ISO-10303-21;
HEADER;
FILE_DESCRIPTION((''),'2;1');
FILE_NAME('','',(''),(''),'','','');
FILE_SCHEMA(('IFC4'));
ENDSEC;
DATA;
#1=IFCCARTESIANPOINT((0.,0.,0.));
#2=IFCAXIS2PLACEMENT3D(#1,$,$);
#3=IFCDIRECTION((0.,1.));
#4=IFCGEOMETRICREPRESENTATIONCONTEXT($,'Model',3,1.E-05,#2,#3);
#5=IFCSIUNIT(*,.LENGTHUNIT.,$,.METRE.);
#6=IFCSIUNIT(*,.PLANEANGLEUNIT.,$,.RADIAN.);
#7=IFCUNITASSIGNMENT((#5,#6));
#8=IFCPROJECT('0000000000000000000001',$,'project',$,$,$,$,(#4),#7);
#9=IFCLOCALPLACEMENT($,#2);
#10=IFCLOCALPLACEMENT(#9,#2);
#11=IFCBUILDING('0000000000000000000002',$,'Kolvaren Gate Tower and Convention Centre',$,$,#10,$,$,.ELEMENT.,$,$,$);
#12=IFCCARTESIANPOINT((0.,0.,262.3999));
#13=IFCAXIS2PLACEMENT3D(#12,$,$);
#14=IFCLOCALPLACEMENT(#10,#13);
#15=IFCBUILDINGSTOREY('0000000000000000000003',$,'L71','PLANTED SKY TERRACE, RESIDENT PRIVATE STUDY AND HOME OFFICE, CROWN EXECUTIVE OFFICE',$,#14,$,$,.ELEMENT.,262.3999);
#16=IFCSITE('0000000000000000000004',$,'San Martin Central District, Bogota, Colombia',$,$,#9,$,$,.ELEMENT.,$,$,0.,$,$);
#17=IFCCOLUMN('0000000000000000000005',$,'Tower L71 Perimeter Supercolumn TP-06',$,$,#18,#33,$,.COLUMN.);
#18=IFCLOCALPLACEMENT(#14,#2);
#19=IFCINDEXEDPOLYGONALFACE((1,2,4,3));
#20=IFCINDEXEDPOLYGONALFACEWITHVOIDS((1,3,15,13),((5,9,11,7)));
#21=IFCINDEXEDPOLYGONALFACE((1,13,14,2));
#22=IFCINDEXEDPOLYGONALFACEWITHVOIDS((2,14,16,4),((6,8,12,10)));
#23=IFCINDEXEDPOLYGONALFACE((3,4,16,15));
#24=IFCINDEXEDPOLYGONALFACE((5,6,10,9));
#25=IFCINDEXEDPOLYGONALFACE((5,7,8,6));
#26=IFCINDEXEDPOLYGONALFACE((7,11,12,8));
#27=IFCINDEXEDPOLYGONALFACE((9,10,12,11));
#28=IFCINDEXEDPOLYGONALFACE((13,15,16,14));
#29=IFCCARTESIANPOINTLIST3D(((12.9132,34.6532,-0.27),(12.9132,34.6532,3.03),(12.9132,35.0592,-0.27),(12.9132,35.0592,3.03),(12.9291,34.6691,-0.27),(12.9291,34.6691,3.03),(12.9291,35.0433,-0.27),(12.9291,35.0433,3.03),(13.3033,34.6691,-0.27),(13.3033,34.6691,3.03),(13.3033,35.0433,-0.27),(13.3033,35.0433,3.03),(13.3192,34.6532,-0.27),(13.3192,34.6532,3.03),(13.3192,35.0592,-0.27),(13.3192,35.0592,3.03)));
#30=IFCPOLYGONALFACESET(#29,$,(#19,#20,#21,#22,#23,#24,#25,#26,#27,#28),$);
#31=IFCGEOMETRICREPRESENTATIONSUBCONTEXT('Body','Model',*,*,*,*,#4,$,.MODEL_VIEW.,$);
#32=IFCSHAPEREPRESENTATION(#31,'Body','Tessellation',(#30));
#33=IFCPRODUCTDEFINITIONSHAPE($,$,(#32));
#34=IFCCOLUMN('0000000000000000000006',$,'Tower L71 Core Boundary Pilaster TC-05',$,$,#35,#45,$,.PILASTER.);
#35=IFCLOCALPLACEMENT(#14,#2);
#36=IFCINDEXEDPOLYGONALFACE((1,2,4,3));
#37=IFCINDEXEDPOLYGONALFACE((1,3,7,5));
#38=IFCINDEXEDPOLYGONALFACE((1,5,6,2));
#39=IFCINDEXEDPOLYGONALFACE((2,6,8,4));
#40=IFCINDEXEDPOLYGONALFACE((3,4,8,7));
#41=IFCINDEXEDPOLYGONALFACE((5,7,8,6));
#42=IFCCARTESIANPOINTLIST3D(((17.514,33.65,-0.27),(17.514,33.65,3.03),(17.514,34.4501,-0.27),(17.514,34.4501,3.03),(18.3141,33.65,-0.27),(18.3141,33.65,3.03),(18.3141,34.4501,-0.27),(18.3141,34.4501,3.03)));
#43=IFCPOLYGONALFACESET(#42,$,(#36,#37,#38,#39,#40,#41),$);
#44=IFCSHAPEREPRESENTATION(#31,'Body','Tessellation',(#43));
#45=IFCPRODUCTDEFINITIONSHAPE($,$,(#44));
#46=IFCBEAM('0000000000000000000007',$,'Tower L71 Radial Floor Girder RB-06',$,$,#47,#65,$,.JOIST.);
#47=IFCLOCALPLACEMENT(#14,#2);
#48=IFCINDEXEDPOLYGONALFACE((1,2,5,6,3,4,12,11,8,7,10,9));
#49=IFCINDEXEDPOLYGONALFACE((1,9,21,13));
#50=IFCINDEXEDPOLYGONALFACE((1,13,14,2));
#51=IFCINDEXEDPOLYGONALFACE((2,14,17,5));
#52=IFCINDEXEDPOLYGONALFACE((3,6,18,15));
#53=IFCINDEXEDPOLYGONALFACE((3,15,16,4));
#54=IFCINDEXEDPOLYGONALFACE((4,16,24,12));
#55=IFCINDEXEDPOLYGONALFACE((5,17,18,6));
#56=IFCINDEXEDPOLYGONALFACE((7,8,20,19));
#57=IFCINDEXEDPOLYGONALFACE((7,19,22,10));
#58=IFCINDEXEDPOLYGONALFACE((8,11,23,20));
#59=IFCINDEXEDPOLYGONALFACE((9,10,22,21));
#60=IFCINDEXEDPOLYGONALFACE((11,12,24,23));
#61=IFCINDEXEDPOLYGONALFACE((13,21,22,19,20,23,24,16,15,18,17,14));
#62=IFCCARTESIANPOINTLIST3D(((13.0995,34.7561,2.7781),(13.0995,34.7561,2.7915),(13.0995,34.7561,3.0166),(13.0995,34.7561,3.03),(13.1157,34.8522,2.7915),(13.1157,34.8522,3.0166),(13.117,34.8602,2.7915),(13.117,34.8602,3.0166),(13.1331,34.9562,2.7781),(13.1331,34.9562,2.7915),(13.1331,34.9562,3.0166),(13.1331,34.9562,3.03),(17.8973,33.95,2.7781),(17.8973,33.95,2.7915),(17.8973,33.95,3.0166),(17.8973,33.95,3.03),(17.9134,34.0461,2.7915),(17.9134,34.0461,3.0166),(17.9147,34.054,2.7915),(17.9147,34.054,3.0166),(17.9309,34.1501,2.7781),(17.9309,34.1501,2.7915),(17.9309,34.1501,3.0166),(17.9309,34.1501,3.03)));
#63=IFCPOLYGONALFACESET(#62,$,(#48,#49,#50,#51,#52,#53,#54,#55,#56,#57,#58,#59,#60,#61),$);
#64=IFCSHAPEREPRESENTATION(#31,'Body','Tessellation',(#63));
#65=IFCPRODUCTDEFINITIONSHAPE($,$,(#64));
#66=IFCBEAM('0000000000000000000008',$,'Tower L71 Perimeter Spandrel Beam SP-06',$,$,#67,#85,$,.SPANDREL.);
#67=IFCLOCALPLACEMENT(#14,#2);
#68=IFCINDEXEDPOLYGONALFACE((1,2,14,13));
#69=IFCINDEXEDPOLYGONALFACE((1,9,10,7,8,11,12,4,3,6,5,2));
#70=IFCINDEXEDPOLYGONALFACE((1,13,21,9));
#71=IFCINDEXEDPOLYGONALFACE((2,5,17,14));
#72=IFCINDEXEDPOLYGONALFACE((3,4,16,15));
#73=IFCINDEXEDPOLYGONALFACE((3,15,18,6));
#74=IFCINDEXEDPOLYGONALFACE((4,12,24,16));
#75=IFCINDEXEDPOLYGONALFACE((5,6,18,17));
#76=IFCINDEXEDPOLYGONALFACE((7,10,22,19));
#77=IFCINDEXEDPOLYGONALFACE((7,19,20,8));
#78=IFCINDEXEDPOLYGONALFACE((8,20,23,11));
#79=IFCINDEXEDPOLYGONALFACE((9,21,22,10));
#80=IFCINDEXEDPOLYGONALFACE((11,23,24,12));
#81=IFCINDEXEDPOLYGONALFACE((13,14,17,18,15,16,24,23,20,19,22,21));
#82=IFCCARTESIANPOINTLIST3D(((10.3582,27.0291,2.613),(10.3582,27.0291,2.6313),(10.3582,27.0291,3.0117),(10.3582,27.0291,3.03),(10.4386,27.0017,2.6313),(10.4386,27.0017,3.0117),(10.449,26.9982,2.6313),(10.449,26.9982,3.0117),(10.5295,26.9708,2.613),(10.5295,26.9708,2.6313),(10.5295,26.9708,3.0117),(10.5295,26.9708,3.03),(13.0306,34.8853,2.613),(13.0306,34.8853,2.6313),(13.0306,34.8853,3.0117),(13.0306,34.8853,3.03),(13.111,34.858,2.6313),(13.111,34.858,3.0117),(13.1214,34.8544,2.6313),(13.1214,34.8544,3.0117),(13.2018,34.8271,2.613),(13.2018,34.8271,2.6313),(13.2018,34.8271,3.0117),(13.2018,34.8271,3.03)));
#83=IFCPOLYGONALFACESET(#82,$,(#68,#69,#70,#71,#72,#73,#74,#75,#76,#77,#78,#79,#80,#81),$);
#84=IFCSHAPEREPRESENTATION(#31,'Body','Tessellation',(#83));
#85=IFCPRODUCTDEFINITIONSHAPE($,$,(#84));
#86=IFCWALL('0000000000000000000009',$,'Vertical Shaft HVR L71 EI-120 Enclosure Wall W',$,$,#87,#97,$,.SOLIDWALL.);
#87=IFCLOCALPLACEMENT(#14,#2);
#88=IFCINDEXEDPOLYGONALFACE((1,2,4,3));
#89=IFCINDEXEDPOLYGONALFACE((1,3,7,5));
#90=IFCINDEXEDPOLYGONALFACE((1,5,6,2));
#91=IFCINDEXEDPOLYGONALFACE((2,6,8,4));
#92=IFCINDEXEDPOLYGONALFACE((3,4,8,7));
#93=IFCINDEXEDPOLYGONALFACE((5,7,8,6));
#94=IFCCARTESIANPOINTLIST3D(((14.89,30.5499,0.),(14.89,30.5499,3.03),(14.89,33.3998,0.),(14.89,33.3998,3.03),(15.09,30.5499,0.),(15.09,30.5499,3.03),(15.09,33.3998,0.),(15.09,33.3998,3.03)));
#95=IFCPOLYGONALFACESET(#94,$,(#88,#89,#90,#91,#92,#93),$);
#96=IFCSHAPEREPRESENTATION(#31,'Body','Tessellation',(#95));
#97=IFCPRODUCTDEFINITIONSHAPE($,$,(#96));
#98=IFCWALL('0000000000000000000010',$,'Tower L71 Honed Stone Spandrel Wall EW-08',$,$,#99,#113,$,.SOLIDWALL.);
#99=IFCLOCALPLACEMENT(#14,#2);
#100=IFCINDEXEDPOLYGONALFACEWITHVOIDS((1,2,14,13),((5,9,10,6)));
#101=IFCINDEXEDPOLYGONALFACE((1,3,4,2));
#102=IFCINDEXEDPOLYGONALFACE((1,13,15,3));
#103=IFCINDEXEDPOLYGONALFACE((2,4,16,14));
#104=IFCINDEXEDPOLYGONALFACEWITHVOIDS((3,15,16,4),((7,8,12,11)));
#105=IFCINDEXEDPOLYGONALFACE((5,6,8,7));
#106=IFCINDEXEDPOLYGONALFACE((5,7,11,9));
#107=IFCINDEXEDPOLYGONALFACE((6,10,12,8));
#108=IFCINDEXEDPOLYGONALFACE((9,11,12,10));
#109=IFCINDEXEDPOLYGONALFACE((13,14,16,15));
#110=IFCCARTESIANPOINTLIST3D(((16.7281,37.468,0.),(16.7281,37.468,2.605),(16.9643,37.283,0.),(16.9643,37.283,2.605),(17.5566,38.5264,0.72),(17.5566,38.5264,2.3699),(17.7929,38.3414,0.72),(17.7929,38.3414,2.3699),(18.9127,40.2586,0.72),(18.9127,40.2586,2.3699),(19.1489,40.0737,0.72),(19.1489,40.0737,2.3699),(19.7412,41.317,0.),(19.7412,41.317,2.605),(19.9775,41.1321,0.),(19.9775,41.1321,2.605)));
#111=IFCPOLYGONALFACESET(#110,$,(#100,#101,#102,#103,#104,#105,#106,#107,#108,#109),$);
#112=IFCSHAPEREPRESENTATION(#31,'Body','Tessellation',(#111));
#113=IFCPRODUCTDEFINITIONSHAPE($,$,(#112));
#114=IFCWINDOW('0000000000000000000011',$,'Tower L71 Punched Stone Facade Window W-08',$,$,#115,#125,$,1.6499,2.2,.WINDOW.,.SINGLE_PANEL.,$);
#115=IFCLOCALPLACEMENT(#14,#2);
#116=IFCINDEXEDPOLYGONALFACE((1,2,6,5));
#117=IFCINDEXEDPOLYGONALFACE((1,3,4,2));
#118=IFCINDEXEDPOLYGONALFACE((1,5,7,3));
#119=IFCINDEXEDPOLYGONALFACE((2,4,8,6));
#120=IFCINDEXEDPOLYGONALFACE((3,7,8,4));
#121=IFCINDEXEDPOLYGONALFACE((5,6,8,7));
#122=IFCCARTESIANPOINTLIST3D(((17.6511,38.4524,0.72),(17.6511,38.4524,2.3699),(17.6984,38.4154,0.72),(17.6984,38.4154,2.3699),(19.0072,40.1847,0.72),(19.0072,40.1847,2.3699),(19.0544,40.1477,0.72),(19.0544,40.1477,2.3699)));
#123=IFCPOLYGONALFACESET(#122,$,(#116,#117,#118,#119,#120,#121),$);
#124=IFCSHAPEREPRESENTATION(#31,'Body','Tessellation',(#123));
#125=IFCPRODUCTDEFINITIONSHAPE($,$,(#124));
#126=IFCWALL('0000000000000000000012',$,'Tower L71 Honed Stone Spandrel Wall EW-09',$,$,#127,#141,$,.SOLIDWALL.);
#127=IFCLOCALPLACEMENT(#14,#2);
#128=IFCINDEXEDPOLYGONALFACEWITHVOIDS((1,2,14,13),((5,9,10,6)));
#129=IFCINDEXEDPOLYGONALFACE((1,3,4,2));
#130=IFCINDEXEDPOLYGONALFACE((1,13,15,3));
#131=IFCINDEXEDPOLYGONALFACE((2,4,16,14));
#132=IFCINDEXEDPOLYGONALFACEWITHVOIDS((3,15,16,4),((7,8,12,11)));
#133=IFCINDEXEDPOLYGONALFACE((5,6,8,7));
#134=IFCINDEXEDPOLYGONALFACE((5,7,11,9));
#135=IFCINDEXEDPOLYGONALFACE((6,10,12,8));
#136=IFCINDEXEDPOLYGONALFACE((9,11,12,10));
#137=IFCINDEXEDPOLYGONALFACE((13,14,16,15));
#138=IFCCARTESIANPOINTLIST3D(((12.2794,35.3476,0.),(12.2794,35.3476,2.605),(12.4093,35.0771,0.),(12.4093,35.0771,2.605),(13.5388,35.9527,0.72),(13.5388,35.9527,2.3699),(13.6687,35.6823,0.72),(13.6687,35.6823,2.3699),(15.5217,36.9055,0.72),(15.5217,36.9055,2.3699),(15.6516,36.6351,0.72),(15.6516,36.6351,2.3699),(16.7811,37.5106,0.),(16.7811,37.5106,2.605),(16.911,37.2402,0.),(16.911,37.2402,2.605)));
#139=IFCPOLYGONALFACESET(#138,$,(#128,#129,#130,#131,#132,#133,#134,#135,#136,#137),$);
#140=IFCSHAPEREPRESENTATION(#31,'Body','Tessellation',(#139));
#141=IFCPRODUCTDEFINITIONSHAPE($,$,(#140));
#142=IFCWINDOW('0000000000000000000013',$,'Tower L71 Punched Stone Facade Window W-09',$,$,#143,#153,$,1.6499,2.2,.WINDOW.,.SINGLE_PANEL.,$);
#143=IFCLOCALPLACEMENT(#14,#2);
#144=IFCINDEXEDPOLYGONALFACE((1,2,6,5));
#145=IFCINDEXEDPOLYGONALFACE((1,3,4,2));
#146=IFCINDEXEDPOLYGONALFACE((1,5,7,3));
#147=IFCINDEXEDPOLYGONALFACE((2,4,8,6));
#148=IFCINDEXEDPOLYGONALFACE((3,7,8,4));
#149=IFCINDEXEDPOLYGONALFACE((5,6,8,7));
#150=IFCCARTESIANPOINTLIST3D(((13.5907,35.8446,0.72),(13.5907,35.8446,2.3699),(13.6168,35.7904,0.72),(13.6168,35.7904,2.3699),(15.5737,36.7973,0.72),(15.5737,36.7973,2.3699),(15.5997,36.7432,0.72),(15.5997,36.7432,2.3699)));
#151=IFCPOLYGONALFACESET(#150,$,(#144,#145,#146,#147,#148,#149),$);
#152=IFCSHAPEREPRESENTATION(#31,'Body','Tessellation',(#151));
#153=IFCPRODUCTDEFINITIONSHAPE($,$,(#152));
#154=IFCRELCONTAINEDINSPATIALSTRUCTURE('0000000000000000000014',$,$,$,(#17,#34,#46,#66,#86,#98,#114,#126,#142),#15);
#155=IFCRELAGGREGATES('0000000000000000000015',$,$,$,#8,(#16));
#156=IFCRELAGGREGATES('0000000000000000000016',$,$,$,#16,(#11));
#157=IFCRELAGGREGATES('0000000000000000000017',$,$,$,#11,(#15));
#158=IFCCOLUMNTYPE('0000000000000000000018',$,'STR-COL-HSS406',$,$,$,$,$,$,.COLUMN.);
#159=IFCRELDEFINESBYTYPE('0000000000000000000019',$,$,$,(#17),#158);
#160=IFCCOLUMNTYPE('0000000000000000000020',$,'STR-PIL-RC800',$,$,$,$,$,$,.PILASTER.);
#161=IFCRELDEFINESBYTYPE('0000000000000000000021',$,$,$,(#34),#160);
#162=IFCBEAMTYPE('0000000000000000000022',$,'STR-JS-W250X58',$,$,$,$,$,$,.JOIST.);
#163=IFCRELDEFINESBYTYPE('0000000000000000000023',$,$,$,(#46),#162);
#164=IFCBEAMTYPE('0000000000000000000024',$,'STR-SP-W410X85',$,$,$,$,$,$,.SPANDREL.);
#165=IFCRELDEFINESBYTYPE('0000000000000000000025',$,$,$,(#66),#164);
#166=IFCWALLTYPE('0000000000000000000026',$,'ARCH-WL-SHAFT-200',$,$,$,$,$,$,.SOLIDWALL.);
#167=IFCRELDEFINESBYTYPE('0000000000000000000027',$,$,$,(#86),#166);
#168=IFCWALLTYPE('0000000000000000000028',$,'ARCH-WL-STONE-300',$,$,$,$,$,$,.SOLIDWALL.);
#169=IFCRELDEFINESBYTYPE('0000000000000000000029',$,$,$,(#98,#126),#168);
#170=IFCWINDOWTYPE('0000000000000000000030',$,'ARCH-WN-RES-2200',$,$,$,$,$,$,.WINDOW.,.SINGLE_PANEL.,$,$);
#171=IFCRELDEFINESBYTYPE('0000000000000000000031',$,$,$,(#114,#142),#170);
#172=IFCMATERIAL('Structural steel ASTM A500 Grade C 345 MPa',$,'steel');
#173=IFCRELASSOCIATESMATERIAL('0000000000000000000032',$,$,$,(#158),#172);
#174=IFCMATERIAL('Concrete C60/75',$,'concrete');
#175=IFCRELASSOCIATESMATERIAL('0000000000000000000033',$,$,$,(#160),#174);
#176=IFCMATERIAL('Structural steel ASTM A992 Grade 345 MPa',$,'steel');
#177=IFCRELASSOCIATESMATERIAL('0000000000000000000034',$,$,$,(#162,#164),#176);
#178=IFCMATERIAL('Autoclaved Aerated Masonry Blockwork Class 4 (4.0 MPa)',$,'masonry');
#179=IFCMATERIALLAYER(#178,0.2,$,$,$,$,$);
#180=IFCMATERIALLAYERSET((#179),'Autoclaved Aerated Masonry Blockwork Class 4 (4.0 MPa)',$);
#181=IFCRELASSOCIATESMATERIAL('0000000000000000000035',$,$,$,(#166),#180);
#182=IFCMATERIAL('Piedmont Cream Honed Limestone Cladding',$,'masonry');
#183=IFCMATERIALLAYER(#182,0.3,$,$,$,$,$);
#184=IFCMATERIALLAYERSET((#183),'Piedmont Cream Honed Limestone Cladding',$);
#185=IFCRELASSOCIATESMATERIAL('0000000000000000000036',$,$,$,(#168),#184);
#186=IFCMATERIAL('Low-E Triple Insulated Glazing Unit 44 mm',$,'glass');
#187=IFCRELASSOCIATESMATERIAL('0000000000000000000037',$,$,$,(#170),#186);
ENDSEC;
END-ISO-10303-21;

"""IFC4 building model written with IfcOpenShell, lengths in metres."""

from ifc_helpers import new_model, si_unit, direction, frame, frame_2d, origin, origin_2d, place, context, subcontext, project, spatial, rectangle, hollow_rectangle, i_section, extrude, material, layer, layer_set, material_profile, profile_set, type_object, element, fill, save


model = new_model("IFC4")

# Units and contexts
model_context = context("Model", 3, precision=1e-05, world=origin(), true_north=direction((0.0, 1.0)))
body_context = subcontext(model_context, "Body", "Model", "MODEL_VIEW")
ifc_project = project(units=[si_unit("LENGTHUNIT", "METRE"), si_unit("PLANEANGLEUNIT", "RADIAN")], contexts=[model_context])

# Site, building, storey
site_placement = place(None, origin())
site = spatial("IfcSite", under=ifc_project, at=site_placement, Name="San Martin Central District, Bogota, Colombia", CompositionType="ELEMENT", RefElevation=0.0)
building_placement = place(site_placement, origin())
building = spatial("IfcBuilding", under=site, at=building_placement, Name="Kolvaren Gate Tower and Convention Centre", CompositionType="ELEMENT")
storey_placement = place(building_placement, frame((0.0, 0.0, 262.3999)))
storey = spatial("IfcBuildingStorey", under=building, at=storey_placement, Name="L71", Description="PLANTED SKY TERRACE, RESIDENT PRIVATE STUDY AND HOME OFFICE, CROWN EXECUTIVE OFFICE", CompositionType="ELEMENT", Elevation=262.3999)

# Columns
ifc_material_1 = material(Name="Structural steel ASTM A500 Grade C 345 MPa", Category="steel")
ifc_material_profile_1 = material_profile(ifc_material_1, hollow_rectangle(XDim=0.406, YDim=0.406, WallThickness=0.0159, at=origin_2d()), Name="HSS406X406X15.9")
ifc_profile_set_1 = profile_set([ifc_material_profile_1], Name="Structural steel ASTM A500 Grade C 345 MPa")
column_type_1 = type_object("IfcColumnType", Name="STR-COL-HSS406", PredefinedType="COLUMN", material=ifc_profile_set_1)
column_1_placement = place(storey_placement, frame((13.1162, 34.8562, -0.27), z_axis=(0.0, 0.0, 1.0), x_axis=(1.0, 0.0, 0.0)))
element("IfcColumn", 1, at=column_1_placement, inside=storey, type_object=column_type_1, Name="Tower L71 Perimeter Supercolumn TP-06", PredefinedType="COLUMN", context=body_context, shape_type="SweptSolid", body=[
    extrude(hollow_rectangle(XDim=0.406, YDim=0.406, WallThickness=0.0159, at=origin_2d()), origin(), (0.0, 0.0, 1.0), 3.3),
])
ifc_material_2 = material(Name="Concrete C60/75", Category="concrete")
ifc_material_profile_2 = material_profile(ifc_material_2, rectangle(XDim=0.8, YDim=0.8, at=origin_2d()), Name="RC-COL-800X800")
ifc_profile_set_2 = profile_set([ifc_material_profile_2], Name="Concrete C60/75")
column_type_2 = type_object("IfcColumnType", Name="STR-PIL-RC800", PredefinedType="PILASTER", material=ifc_profile_set_2)
column_2_placement = place(storey_placement, frame((17.9141, 34.05, -0.27), z_axis=(0.0, 0.0, 1.0), x_axis=(1.0, 0.0, 0.0)))
element("IfcColumn", 2, at=column_2_placement, inside=storey, type_object=column_type_2, Name="Tower L71 Core Boundary Pilaster TC-05", PredefinedType="PILASTER", context=body_context, shape_type="SweptSolid", body=[
    extrude(rectangle(XDim=0.8, YDim=0.8, at=origin_2d()), origin(), (0.0, 0.0, 1.0), 3.3),
])

# Beams
ifc_material_3 = material(Name="Structural steel ASTM A992 Grade 345 MPa", Category="steel")
ifc_material_profile_3 = material_profile(ifc_material_3, i_section(OverallWidth=0.2029, OverallDepth=0.252, WebThickness=0.0081, FlangeThickness=0.0134, at=origin_2d()), Name="W250X58")
ifc_profile_set_3 = profile_set([ifc_material_profile_3], Name="Structural steel ASTM A992 Grade 345 MPa")
beam_type_1 = type_object("IfcBeamType", Name="STR-JS-W250X58", PredefinedType="JOIST", material=ifc_profile_set_3)
beam_1_placement = place(storey_placement, frame((17.9141, 34.05, 2.9041), z_axis=(-0.986176, 0.165701, 0.0), x_axis=(-0.165701, -0.986176, 0.0)))
element("IfcBeam", 3, at=beam_1_placement, inside=storey, type_object=beam_type_1, Name="Tower L71 Radial Floor Girder RB-06", PredefinedType="JOIST", context=body_context, shape_type="SweptSolid", body=[
    extrude(i_section(OverallWidth=0.2029, OverallDepth=0.252, WebThickness=0.0081, FlangeThickness=0.0134, at=origin_2d()), origin(), (0.0, 0.0, 1.0), 4.865),
])
ifc_material_profile_4 = material_profile(ifc_material_3, i_section(OverallWidth=0.1809, OverallDepth=0.417, WebThickness=0.011, FlangeThickness=0.0183, at=origin_2d()), Name="W410X85")
ifc_profile_set_4 = profile_set([ifc_material_profile_4], Name="Structural steel ASTM A992 Grade 345 MPa")
beam_type_2 = type_object("IfcBeamType", Name="STR-SP-W410X85", PredefinedType="SPANDREL", material=ifc_profile_set_4)
beam_2_placement = place(storey_placement, frame((13.1162, 34.8562, 2.8215), z_axis=(-0.322038, -0.946727, 0.0), x_axis=(0.946727, -0.322038, 0.0)))
element("IfcBeam", 4, at=beam_2_placement, inside=storey, type_object=beam_type_2, Name="Tower L71 Perimeter Spandrel Beam SP-06", PredefinedType="SPANDREL", context=body_context, shape_type="SweptSolid", body=[
    extrude(i_section(OverallWidth=0.1809, OverallDepth=0.417, WebThickness=0.011, FlangeThickness=0.0183, at=origin_2d()), origin(), (0.0, 0.0, 1.0), 8.2983),
])

# Wall
ifc_material_4 = material(Name="Autoclaved Aerated Masonry Blockwork Class 4 (4.0 MPa)", Category="masonry")
ifc_layer_1 = layer(ifc_material_4, 0.2)
ifc_layer_set_1 = layer_set([ifc_layer_1], Name="Autoclaved Aerated Masonry Blockwork Class 4 (4.0 MPa)")
wall_type_1 = type_object("IfcWallType", Name="ARCH-WL-SHAFT-200", PredefinedType="SOLIDWALL", material=ifc_layer_set_1)
wall_1_placement = place(storey_placement, frame((14.99, 30.55, 0.0), z_axis=(0.0, 0.0, 1.0), x_axis=(0.0, 1.0, 0.0)))
element("IfcWall", 5, at=wall_1_placement, inside=storey, type_object=wall_type_1, Name="Vertical Shaft HVR L71 EI-120 Enclosure Wall W", PredefinedType="SOLIDWALL", context=body_context, shape_type="SweptSolid", body=[
    extrude(rectangle(XDim=2.8499, YDim=0.2, at=frame_2d((1.4248, 0.0))), origin(), (0.0, 0.0, 1.0), 3.03),
])

# Walls, openings, windows
ifc_material_5 = material(Name="Piedmont Cream Honed Limestone Cladding", Category="masonry")
ifc_layer_2 = layer(ifc_material_5, 0.3)
ifc_layer_set_2 = layer_set([ifc_layer_2], Name="Piedmont Cream Honed Limestone Cladding")
wall_type_2 = type_object("IfcWallType", Name="ARCH-WL-STONE-300", PredefinedType="SOLIDWALL", material=ifc_layer_set_2)
wall_2_placement = place(storey_placement, frame((16.8462, 37.3755, 0.0), z_axis=(0.0, 0.0, 1.0), x_axis=(0.616413, 0.787423, 0.0)))
wall_2 = element("IfcWall", 6, at=wall_2_placement, inside=storey, type_object=wall_type_2, Name="Tower L71 Honed Stone Spandrel Wall EW-08", PredefinedType="SOLIDWALL", context=body_context, shape_type="SweptSolid", body=[
    extrude(rectangle(XDim=4.8882, YDim=0.3, at=frame_2d((2.4441, 0.0))), origin(), (0.0, 0.0, 1.0), 2.605),
])
opening_1_placement = place(wall_2_placement, frame((1.344, 0.0, 0.72)))
opening_1 = element("IfcOpeningElement", 7, at=opening_1_placement, cuts=wall_2, PredefinedType="OPENING", context=body_context, shape_type="SweptSolid", body=[
    extrude(rectangle(XDim=2.2, YDim=1.6499, at=frame_2d((1.1001, 0.825))), frame((0.0, 0.1599, 0.0), z_axis=(0.0, -1.0, 0.0), x_axis=(1.0, 0.0, 0.0)), (0.0, 0.0, 1.0), 0.3201),
])
ifc_material_6 = material(Name="Low-E Triple Insulated Glazing Unit 44 mm", Category="glass")
window_type = type_object("IfcWindowType", Name="ARCH-WN-RES-2200", PartitioningType="SINGLE_PANEL", PredefinedType="WINDOW", material=ifc_material_6)
window_1_placement = place(opening_1_placement, origin())
window_1 = element("IfcWindow", 8, at=window_1_placement, inside=storey, type_object=window_type, Name="Tower L71 Punched Stone Facade Window W-08", OverallHeight=1.6499, OverallWidth=2.2, PartitioningType="SINGLE_PANEL", PredefinedType="WINDOW", context=body_context, shape_type="SweptSolid", body=[
    extrude(rectangle(XDim=2.2, YDim=1.6499, at=frame_2d((1.1001, 0.825))), frame((0.0, 0.03, 0.0), z_axis=(0.0, -1.0, 0.0), x_axis=(1.0, 0.0, 0.0)), (0.0, 0.0, 1.0), 0.0601),
])
fill(opening_1, window_1)
wall_3_placement = place(storey_placement, frame((12.3445, 35.2124, 0.0), z_axis=(0.0, 0.0, 1.0), x_axis=(0.901346, 0.4331, 0.0)))
wall_3 = element("IfcWall", 9, at=wall_3_placement, inside=storey, type_object=wall_type_2, Name="Tower L71 Honed Stone Spandrel Wall EW-09", PredefinedType="SOLIDWALL", context=body_context, shape_type="SweptSolid", body=[
    extrude(rectangle(XDim=4.9944, YDim=0.3, at=frame_2d((2.4971, 0.0))), origin(), (0.0, 0.0, 1.0), 2.605),
])
opening_2_placement = place(wall_3_placement, frame((1.397, 0.0, 0.72)))
opening_2 = element("IfcOpeningElement", 10, at=opening_2_placement, cuts=wall_3, PredefinedType="OPENING", context=body_context, shape_type="SweptSolid", body=[
    extrude(rectangle(XDim=2.2, YDim=1.6499, at=frame_2d((1.1001, 0.825))), frame((0.0, 0.1599, 0.0), z_axis=(0.0, -1.0, 0.0), x_axis=(1.0, 0.0, 0.0)), (0.0, 0.0, 1.0), 0.3201),
])
window_2_placement = place(opening_2_placement, origin())
window_2 = element("IfcWindow", 11, at=window_2_placement, inside=storey, type_object=window_type, Name="Tower L71 Punched Stone Facade Window W-09", OverallHeight=1.6499, OverallWidth=2.2, PartitioningType="SINGLE_PANEL", PredefinedType="WINDOW", context=body_context, shape_type="SweptSolid", body=[
    extrude(rectangle(XDim=2.2, YDim=1.6499, at=frame_2d((1.1001, 0.825))), frame((0.0, 0.03, 0.0), z_axis=(0.0, -1.0, 0.0), x_axis=(1.0, 0.0, 0.0)), (0.0, 0.0, 1.0), 0.0601),
])
fill(opening_2, window_2)

save(model, "model.ifc")
